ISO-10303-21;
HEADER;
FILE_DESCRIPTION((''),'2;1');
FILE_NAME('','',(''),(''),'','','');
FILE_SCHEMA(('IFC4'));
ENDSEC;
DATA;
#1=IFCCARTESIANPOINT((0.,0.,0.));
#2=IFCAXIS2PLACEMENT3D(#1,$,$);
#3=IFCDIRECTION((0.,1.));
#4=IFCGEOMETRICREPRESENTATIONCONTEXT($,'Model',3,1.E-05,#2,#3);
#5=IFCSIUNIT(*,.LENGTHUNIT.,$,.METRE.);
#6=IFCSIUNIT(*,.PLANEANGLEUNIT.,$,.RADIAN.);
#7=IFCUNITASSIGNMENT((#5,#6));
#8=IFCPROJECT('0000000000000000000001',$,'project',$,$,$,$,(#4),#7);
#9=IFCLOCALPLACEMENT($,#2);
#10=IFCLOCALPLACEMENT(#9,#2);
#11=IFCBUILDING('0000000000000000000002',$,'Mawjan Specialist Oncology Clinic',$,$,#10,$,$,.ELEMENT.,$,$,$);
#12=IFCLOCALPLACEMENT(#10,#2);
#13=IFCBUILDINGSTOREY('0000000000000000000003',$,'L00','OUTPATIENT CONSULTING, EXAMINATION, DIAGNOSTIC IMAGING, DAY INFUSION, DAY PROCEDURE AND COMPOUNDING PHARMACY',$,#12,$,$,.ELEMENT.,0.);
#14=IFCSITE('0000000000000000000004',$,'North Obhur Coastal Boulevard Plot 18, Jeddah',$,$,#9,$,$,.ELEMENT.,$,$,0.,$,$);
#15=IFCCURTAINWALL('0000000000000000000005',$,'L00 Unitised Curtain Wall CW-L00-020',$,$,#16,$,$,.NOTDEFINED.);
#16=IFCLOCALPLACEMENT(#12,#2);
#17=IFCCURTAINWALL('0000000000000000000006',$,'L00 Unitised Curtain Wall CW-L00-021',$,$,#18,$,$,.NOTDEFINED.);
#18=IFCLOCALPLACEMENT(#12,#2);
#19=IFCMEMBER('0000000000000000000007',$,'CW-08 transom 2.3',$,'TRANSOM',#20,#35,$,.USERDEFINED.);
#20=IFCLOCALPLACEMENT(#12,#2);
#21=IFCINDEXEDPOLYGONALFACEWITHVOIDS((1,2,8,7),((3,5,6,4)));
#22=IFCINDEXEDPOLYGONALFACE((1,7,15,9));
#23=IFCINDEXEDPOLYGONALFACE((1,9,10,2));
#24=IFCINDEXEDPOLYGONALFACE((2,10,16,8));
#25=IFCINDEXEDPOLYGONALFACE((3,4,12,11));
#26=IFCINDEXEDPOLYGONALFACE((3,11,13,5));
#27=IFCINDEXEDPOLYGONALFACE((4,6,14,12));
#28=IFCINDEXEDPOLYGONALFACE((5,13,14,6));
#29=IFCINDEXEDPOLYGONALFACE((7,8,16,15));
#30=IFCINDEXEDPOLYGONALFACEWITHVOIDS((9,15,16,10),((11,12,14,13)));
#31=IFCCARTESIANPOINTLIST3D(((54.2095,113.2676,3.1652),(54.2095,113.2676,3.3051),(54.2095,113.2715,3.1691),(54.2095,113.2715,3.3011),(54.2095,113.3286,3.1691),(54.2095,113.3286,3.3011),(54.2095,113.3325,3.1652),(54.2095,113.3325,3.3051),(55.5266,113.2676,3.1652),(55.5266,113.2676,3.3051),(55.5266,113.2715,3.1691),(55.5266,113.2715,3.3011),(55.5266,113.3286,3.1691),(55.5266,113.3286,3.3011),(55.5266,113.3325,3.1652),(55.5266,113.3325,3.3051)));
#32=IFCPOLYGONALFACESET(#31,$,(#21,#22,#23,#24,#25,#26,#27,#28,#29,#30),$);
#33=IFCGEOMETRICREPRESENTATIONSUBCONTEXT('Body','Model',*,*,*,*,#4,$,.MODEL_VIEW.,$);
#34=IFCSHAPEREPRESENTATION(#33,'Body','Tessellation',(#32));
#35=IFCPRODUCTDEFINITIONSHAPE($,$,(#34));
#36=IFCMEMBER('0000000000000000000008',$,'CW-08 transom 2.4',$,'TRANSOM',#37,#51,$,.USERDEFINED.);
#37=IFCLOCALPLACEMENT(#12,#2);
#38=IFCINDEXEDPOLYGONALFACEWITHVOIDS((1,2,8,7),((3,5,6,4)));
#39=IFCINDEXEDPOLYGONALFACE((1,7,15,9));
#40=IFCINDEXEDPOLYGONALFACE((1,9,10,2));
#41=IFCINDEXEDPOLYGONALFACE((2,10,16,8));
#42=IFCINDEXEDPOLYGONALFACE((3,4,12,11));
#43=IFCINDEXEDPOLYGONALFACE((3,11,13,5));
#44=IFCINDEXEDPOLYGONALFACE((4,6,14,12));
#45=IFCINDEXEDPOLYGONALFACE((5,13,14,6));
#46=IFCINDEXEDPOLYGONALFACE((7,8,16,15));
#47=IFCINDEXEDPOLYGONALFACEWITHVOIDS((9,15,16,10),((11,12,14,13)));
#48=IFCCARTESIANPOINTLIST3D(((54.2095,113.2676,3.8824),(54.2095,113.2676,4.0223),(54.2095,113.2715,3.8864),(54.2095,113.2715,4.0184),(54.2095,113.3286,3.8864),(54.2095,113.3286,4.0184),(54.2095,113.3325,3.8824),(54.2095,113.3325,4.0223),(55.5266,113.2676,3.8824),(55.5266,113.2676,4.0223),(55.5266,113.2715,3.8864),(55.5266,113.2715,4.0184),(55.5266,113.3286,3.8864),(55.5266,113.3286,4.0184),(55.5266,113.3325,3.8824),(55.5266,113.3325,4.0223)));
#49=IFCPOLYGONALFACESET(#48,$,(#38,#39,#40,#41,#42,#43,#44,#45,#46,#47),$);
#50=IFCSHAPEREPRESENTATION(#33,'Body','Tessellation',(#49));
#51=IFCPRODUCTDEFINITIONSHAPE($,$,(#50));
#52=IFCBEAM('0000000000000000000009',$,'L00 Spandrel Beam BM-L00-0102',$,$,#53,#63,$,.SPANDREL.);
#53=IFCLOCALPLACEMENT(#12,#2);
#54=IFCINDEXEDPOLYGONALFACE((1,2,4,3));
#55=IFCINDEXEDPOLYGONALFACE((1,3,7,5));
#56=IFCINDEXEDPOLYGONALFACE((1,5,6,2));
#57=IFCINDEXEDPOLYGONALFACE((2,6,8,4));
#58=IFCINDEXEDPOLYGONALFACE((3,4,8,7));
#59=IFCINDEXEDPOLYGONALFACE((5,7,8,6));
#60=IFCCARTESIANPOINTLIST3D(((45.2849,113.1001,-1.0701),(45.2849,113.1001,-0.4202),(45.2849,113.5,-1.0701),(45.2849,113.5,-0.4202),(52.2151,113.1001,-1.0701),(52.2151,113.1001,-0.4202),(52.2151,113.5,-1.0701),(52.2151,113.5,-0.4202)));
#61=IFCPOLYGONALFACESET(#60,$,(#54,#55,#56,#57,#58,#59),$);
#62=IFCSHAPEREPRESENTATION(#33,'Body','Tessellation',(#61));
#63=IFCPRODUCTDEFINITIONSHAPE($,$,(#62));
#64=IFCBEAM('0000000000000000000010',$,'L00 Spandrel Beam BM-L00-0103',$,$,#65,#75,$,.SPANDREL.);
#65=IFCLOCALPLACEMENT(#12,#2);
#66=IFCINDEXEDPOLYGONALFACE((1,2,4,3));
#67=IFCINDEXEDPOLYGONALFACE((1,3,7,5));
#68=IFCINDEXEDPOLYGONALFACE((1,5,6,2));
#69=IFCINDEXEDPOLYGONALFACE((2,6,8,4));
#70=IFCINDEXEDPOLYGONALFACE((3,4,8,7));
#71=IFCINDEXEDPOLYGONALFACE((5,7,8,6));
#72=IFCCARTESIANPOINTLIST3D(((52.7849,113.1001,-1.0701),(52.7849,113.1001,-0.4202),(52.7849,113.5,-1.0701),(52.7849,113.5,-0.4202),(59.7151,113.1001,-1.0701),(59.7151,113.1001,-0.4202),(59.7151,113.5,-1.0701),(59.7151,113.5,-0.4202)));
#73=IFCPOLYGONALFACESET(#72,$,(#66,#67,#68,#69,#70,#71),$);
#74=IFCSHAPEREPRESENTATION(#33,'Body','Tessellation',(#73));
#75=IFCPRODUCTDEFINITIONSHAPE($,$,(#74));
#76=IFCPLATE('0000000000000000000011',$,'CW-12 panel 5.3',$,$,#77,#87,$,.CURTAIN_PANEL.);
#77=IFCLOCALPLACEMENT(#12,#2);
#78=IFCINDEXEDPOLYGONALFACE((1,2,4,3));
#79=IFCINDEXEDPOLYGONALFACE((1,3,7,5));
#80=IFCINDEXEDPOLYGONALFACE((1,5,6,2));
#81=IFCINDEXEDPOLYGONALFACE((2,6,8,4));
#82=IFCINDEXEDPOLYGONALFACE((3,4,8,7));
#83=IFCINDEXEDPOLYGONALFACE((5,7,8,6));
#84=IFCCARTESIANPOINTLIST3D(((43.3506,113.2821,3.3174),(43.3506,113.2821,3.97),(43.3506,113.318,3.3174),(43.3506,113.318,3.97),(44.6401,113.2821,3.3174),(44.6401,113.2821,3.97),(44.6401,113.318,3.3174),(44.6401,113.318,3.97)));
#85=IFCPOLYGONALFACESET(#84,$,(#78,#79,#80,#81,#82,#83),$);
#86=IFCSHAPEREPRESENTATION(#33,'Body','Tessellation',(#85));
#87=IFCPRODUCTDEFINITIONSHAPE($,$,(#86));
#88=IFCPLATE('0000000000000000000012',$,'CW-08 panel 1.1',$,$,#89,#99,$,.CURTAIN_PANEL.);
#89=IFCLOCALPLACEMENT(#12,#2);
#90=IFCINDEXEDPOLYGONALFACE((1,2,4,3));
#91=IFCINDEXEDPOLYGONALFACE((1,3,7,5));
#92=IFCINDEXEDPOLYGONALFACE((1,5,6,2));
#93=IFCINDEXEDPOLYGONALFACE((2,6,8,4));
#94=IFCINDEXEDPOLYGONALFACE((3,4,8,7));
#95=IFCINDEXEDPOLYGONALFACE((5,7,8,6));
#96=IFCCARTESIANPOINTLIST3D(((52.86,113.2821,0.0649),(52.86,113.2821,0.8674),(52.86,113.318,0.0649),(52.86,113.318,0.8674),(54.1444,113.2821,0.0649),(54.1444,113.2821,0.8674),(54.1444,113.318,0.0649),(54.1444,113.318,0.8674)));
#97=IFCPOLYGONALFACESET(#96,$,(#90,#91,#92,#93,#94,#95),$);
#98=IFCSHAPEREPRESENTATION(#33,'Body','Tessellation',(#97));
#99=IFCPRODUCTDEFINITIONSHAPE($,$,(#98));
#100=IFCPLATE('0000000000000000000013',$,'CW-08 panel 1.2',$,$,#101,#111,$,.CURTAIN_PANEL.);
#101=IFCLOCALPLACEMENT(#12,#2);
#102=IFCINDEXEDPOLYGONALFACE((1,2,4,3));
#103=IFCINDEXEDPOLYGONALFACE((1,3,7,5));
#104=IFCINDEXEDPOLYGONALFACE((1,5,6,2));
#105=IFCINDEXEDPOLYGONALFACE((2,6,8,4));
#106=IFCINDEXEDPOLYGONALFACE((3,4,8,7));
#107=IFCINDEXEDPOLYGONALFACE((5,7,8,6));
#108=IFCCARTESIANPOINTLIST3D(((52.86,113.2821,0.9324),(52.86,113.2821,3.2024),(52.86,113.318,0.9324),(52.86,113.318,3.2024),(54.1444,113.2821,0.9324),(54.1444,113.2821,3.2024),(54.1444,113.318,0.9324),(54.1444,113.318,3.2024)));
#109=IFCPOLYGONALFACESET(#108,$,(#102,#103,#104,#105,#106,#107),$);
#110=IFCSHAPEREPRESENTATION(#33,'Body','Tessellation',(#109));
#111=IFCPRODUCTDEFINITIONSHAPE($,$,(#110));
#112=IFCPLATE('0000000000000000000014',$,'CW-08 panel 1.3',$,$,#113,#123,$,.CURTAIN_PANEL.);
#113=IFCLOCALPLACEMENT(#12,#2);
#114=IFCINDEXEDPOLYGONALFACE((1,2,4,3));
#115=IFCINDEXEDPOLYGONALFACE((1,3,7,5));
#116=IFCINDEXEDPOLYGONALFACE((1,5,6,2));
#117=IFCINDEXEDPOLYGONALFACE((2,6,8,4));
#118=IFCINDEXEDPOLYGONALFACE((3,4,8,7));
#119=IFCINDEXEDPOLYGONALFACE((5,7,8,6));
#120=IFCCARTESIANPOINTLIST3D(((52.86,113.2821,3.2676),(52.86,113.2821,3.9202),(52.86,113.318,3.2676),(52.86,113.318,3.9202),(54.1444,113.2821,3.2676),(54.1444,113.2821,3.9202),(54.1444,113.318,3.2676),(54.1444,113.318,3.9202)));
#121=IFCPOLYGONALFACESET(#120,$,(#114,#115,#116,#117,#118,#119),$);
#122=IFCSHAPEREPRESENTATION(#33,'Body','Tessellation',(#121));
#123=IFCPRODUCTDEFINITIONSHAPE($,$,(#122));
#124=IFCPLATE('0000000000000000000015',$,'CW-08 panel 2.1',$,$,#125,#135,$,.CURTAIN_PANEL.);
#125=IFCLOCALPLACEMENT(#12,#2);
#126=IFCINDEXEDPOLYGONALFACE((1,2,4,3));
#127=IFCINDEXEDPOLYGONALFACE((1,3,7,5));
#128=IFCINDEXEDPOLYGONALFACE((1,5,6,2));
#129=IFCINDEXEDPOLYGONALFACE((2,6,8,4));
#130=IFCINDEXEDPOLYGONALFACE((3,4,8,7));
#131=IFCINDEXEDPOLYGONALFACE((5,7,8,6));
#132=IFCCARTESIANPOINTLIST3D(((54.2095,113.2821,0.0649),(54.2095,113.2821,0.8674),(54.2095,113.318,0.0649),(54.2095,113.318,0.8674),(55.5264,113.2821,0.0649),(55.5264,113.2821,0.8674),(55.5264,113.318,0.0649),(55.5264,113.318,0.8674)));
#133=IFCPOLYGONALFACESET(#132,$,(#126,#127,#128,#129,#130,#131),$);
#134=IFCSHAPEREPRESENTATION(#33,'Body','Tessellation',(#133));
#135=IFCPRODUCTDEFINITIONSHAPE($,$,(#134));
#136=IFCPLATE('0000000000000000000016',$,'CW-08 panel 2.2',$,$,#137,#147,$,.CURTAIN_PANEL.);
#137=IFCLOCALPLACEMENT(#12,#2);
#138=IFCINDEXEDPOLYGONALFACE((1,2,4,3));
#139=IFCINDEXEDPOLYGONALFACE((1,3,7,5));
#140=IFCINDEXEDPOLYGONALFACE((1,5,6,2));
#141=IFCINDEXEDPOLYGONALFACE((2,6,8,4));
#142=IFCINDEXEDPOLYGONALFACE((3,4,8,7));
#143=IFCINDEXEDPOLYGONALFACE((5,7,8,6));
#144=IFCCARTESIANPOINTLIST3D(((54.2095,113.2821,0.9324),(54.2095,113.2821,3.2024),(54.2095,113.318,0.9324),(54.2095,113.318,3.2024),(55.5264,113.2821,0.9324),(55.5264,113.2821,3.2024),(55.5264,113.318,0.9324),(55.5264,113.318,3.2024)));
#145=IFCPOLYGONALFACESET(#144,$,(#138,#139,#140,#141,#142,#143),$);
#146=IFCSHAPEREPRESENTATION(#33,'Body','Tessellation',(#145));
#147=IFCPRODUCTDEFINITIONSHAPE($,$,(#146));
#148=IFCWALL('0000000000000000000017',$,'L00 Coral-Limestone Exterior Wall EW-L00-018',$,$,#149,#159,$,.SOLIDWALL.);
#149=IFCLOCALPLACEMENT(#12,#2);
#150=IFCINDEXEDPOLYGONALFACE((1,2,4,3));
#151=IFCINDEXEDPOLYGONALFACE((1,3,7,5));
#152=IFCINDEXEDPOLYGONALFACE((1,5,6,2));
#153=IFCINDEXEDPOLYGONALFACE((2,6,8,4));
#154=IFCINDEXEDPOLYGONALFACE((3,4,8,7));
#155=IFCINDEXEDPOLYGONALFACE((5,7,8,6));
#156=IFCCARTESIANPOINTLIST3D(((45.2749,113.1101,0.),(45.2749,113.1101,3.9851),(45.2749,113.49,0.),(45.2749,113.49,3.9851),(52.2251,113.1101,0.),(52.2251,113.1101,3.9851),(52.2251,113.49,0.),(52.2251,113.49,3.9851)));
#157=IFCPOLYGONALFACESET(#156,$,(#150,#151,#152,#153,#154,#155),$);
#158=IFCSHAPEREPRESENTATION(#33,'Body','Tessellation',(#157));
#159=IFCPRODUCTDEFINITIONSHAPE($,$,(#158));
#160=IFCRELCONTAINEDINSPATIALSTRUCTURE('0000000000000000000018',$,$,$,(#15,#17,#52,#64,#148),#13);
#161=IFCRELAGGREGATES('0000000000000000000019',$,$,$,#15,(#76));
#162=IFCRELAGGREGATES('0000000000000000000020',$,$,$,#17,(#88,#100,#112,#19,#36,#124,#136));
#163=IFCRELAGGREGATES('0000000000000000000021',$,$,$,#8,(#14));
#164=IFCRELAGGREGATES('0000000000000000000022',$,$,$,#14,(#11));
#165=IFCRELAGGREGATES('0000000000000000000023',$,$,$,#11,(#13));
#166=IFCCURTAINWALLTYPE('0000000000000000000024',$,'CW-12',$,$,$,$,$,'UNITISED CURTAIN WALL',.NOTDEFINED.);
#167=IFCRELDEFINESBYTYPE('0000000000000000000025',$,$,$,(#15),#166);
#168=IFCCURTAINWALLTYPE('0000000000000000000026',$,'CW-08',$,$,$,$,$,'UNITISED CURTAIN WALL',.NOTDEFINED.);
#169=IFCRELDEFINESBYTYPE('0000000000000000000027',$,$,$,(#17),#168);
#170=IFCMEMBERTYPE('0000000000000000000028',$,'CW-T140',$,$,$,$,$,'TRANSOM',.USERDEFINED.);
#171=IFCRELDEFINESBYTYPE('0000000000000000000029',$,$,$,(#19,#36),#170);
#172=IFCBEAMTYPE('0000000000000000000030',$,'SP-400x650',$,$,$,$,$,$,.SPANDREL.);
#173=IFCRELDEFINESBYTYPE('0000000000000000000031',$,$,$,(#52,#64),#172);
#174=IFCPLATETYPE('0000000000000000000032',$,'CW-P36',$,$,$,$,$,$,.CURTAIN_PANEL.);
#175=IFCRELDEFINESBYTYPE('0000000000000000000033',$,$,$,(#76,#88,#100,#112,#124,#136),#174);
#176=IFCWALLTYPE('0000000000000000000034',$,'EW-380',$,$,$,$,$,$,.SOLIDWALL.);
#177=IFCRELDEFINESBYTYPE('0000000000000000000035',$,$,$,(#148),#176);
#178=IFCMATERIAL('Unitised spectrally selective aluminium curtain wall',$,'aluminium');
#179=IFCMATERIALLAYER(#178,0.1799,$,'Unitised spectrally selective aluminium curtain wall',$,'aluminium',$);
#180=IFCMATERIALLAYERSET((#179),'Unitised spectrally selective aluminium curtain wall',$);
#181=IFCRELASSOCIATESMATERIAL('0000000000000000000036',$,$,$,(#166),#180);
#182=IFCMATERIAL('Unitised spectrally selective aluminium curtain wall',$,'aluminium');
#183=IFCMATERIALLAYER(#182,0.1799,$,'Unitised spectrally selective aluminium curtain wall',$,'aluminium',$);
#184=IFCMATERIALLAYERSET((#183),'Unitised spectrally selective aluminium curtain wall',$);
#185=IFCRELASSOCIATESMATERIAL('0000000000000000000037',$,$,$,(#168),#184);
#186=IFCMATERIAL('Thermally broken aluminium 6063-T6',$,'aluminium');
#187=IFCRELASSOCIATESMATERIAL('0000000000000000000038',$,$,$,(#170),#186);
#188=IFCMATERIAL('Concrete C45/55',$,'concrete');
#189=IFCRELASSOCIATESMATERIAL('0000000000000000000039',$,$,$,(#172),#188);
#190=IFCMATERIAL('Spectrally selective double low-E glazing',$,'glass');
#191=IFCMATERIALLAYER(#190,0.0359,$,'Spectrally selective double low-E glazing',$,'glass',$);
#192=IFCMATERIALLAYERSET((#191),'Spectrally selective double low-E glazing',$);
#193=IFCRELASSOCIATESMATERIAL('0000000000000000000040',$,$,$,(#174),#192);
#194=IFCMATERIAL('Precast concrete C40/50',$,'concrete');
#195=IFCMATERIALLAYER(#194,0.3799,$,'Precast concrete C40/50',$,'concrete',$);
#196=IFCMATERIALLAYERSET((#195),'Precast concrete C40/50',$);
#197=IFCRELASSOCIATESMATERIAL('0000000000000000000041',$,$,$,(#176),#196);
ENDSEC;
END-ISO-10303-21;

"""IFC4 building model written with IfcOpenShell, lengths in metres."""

from ifc_helpers import new_model, si_unit, direction, frame, frame_2d, origin, origin_2d, place, context, subcontext, project, spatial, rectangle, hollow_rectangle, extrude, material, layer, layer_set, material_profile, profile_set, type_object, element, aggregate, save


model = new_model("IFC4")

# Units and contexts
model_context = context("Model", 3, precision=1e-05, world=origin(), true_north=direction((0.0, 1.0)))
body_context = subcontext(model_context, "Body", "Model", "MODEL_VIEW")
ifc_project = project(units=[si_unit("LENGTHUNIT", "METRE"), si_unit("PLANEANGLEUNIT", "RADIAN")], contexts=[model_context])

# Site, building, storey
site_placement = place(None, origin())
site = spatial("IfcSite", under=ifc_project, at=site_placement, Name="North Obhur Coastal Boulevard Plot 18, Jeddah", CompositionType="ELEMENT", RefElevation=0.0)
building_placement = place(site_placement, origin())
building = spatial("IfcBuilding", under=site, at=building_placement, Name="Mawjan Specialist Oncology Clinic", CompositionType="ELEMENT")
storey_placement = place(building_placement, origin())
storey = spatial("IfcBuildingStorey", under=building, at=storey_placement, Name="L00", Description="OUTPATIENT CONSULTING, EXAMINATION, DIAGNOSTIC IMAGING, DAY INFUSION, DAY PROCEDURE AND COMPOUNDING PHARMACY", CompositionType="ELEMENT", Elevation=0.0)

# Curtain wall
ifc_material_1 = material(Name="Unitised spectrally selective aluminium curtain wall", Category="aluminium")
ifc_layer_1 = layer(ifc_material_1, 0.1799, Name="Unitised spectrally selective aluminium curtain wall", Category="aluminium")
ifc_layer_set_1 = layer_set([ifc_layer_1], Name="Unitised spectrally selective aluminium curtain wall")
curtain_wall_type_1 = type_object("IfcCurtainWallType", Name="CW-12", ElementType="UNITISED CURTAIN WALL", PredefinedType="NOTDEFINED", material=ifc_layer_set_1)
curtain_wall_1_placement = place(storey_placement, origin())
curtain_wall_1 = element("IfcCurtainWall", 1, at=curtain_wall_1_placement, inside=storey, type_object=curtain_wall_type_1, Name="L00 Unitised Curtain Wall CW-L00-020", PredefinedType="NOTDEFINED")

# Curtain wall, members
ifc_material_2 = material(Name="Unitised spectrally selective aluminium curtain wall", Category="aluminium")
ifc_layer_2 = layer(ifc_material_2, 0.1799, Name="Unitised spectrally selective aluminium curtain wall", Category="aluminium")
ifc_layer_set_2 = layer_set([ifc_layer_2], Name="Unitised spectrally selective aluminium curtain wall")
curtain_wall_type_2 = type_object("IfcCurtainWallType", Name="CW-08", ElementType="UNITISED CURTAIN WALL", PredefinedType="NOTDEFINED", material=ifc_layer_set_2)
curtain_wall_2_placement = place(storey_placement, origin())
curtain_wall_2 = element("IfcCurtainWall", 2, at=curtain_wall_2_placement, inside=storey, type_object=curtain_wall_type_2, Name="L00 Unitised Curtain Wall CW-L00-021", PredefinedType="NOTDEFINED")
ifc_material_3 = material(Name="Thermally broken aluminium 6063-T6", Category="aluminium")
ifc_material_profile_1 = material_profile(ifc_material_3, hollow_rectangle(XDim=0.0649, YDim=0.1399, WallThickness=0.0039, at=origin_2d()), Name="ALU TRANSOM 140x65x4", Category="aluminium")
ifc_profile_set_1 = profile_set([ifc_material_profile_1], Name="Thermally broken aluminium 6063-T6")
member_type_1 = type_object("IfcMemberType", Name="CW-T140", ElementType="TRANSOM", PredefinedType="USERDEFINED", material=ifc_profile_set_1)
member_1_placement = place(storey_placement, frame((54.2095, 113.3, 3.2351), z_axis=(1.0, 0.0, 0.0), x_axis=(0.0, 1.0, 0.0)))
member_1 = element("IfcMember", 3, at=member_1_placement, type_object=member_type_1, Name="CW-08 transom 2.3", ObjectType="TRANSOM", PredefinedType="USERDEFINED", context=body_context, shape_type="SweptSolid", body=[
    extrude(hollow_rectangle(XDim=0.0649, YDim=0.1399, WallThickness=0.0039, at=origin_2d()), origin(), (0.0, 0.0, 1.0), 1.3171),
])
member_2_placement = place(storey_placement, frame((54.2095, 113.3, 3.9524), z_axis=(1.0, 0.0, 0.0), x_axis=(0.0, 1.0, 0.0)))
member_2 = element("IfcMember", 4, at=member_2_placement, type_object=member_type_1, Name="CW-08 transom 2.4", ObjectType="TRANSOM", PredefinedType="USERDEFINED", context=body_context, shape_type="SweptSolid", body=[
    extrude(hollow_rectangle(XDim=0.0649, YDim=0.1399, WallThickness=0.0039, at=origin_2d()), origin(), (0.0, 0.0, 1.0), 1.3171),
])

# Beams
ifc_material_4 = material(Name="Concrete C45/55", Category="concrete")
ifc_material_profile_2 = material_profile(ifc_material_4, rectangle(XDim=0.3999, YDim=0.6499, at=origin_2d()), Name="RC BM 400x650", Category="concrete")
ifc_profile_set_2 = profile_set([ifc_material_profile_2], Name="Concrete C45/55")
beam_type = type_object("IfcBeamType", Name="SP-400x650", PredefinedType="SPANDREL", material=ifc_profile_set_2)
for number, where, z_axis, x_axis, name in (
    (5, (45.2849, 113.3, -0.7451), (1.0, 0.0, 0.0), (0.0, 1.0, 0.0), "L00 Spandrel Beam BM-L00-0102"),
    (6, (52.7849, 113.3, -0.7451), (1.0, 0.0, 0.0), (0.0, 1.0, 0.0), "L00 Spandrel Beam BM-L00-0103"),
):
    element("IfcBeam", number, at=place(storey_placement, frame(where, z_axis=z_axis, x_axis=x_axis)), inside=storey, type_object=beam_type, Name=name, PredefinedType="SPANDREL", context=body_context, shape_type="SweptSolid", body=[
        extrude(rectangle(XDim=0.3999, YDim=0.6499, at=origin_2d()), origin(), (0.0, 0.0, 1.0), 6.9302),
    ])

# Plates
ifc_material_5 = material(Name="Spectrally selective double low-E glazing", Category="glass")
ifc_layer_3 = layer(ifc_material_5, 0.0359, Name="Spectrally selective double low-E glazing", Category="glass")
ifc_layer_set_3 = layer_set([ifc_layer_3], Name="Spectrally selective double low-E glazing")
plate_type = type_object("IfcPlateType", Name="CW-P36", PredefinedType="CURTAIN_PANEL", material=ifc_layer_set_3)
plate_1_placement = place(storey_placement, frame((43.9954, 113.3, 3.3174), z_axis=(0.0, 0.0, 1.0), x_axis=(1.0, 0.0, 0.0)))
plate_1 = element("IfcPlate", 7, at=plate_1_placement, type_object=plate_type, Name="CW-12 panel 5.3", PredefinedType="CURTAIN_PANEL", context=body_context, shape_type="SweptSolid", body=[
    extrude(rectangle(XDim=1.2896, YDim=0.0359, at=origin_2d()), origin(), (0.0, 0.0, 1.0), 0.6526),
])
aggregate(curtain_wall_1, [plate_1])
plate_2_placement = place(storey_placement, frame((53.5022, 113.3, 0.0649), z_axis=(0.0, 0.0, 1.0), x_axis=(1.0, 0.0, 0.0)))
plate_2 = element("IfcPlate", 8, at=plate_2_placement, type_object=plate_type, Name="CW-08 panel 1.1", PredefinedType="CURTAIN_PANEL", context=body_context, shape_type="SweptSolid", body=[
    extrude(rectangle(XDim=1.2844, YDim=0.0359, at=origin_2d()), origin(), (0.0, 0.0, 1.0), 0.8025),
])
plate_3_placement = place(storey_placement, frame((53.5022, 113.3, 0.9324), z_axis=(0.0, 0.0, 1.0), x_axis=(1.0, 0.0, 0.0)))
plate_3 = element("IfcPlate", 9, at=plate_3_placement, type_object=plate_type, Name="CW-08 panel 1.2", PredefinedType="CURTAIN_PANEL", context=body_context, shape_type="SweptSolid", body=[
    extrude(rectangle(XDim=1.2844, YDim=0.0359, at=origin_2d()), origin(), (0.0, 0.0, 1.0), 2.27),
])
plate_4_placement = place(storey_placement, frame((53.5022, 113.3, 3.2676), z_axis=(0.0, 0.0, 1.0), x_axis=(1.0, 0.0, 0.0)))
plate_4 = element("IfcPlate", 10, at=plate_4_placement, type_object=plate_type, Name="CW-08 panel 1.3", PredefinedType="CURTAIN_PANEL", context=body_context, shape_type="SweptSolid", body=[
    extrude(rectangle(XDim=1.2844, YDim=0.0359, at=origin_2d()), origin(), (0.0, 0.0, 1.0), 0.6526),
])
plate_5_placement = place(storey_placement, frame((54.8679, 113.3, 0.0649), z_axis=(0.0, 0.0, 1.0), x_axis=(1.0, 0.0, 0.0)))
plate_5 = element("IfcPlate", 11, at=plate_5_placement, type_object=plate_type, Name="CW-08 panel 2.1", PredefinedType="CURTAIN_PANEL", context=body_context, shape_type="SweptSolid", body=[
    extrude(rectangle(XDim=1.3169, YDim=0.0359, at=origin_2d()), origin(), (0.0, 0.0, 1.0), 0.8025),
])
plate_6_placement = place(storey_placement, frame((54.8679, 113.3, 0.9324), z_axis=(0.0, 0.0, 1.0), x_axis=(1.0, 0.0, 0.0)))
plate_6 = element("IfcPlate", 12, at=plate_6_placement, type_object=plate_type, Name="CW-08 panel 2.2", PredefinedType="CURTAIN_PANEL", context=body_context, shape_type="SweptSolid", body=[
    extrude(rectangle(XDim=1.3169, YDim=0.0359, at=origin_2d()), origin(), (0.0, 0.0, 1.0), 2.27),
])
aggregate(curtain_wall_2, [plate_2, plate_3, plate_4, member_1, member_2, plate_5, plate_6])

# Wall
ifc_material_6 = material(Name="Precast concrete C40/50", Category="concrete")
ifc_layer_4 = layer(ifc_material_6, 0.3799, Name="Precast concrete C40/50", Category="concrete")
ifc_layer_set_4 = layer_set([ifc_layer_4], Name="Precast concrete C40/50")
wall_type = type_object("IfcWallType", Name="EW-380", PredefinedType="SOLIDWALL", material=ifc_layer_set_4)
wall_placement = place(storey_placement, frame((45.2749, 113.3, 0.0), z_axis=(0.0, 0.0, 1.0), x_axis=(1.0, 0.0, 0.0)))
element("IfcWall", 13, at=wall_placement, inside=storey, type_object=wall_type, Name="L00 Coral-Limestone Exterior Wall EW-L00-018", PredefinedType="SOLIDWALL", context=body_context, shape_type="SweptSolid", body=[
    extrude(rectangle(XDim=6.9502, YDim=0.3799, at=frame_2d((3.4751, 0.0))), origin(), (0.0, 0.0, 1.0), 3.9851),
])

save(model, "model.ifc")
